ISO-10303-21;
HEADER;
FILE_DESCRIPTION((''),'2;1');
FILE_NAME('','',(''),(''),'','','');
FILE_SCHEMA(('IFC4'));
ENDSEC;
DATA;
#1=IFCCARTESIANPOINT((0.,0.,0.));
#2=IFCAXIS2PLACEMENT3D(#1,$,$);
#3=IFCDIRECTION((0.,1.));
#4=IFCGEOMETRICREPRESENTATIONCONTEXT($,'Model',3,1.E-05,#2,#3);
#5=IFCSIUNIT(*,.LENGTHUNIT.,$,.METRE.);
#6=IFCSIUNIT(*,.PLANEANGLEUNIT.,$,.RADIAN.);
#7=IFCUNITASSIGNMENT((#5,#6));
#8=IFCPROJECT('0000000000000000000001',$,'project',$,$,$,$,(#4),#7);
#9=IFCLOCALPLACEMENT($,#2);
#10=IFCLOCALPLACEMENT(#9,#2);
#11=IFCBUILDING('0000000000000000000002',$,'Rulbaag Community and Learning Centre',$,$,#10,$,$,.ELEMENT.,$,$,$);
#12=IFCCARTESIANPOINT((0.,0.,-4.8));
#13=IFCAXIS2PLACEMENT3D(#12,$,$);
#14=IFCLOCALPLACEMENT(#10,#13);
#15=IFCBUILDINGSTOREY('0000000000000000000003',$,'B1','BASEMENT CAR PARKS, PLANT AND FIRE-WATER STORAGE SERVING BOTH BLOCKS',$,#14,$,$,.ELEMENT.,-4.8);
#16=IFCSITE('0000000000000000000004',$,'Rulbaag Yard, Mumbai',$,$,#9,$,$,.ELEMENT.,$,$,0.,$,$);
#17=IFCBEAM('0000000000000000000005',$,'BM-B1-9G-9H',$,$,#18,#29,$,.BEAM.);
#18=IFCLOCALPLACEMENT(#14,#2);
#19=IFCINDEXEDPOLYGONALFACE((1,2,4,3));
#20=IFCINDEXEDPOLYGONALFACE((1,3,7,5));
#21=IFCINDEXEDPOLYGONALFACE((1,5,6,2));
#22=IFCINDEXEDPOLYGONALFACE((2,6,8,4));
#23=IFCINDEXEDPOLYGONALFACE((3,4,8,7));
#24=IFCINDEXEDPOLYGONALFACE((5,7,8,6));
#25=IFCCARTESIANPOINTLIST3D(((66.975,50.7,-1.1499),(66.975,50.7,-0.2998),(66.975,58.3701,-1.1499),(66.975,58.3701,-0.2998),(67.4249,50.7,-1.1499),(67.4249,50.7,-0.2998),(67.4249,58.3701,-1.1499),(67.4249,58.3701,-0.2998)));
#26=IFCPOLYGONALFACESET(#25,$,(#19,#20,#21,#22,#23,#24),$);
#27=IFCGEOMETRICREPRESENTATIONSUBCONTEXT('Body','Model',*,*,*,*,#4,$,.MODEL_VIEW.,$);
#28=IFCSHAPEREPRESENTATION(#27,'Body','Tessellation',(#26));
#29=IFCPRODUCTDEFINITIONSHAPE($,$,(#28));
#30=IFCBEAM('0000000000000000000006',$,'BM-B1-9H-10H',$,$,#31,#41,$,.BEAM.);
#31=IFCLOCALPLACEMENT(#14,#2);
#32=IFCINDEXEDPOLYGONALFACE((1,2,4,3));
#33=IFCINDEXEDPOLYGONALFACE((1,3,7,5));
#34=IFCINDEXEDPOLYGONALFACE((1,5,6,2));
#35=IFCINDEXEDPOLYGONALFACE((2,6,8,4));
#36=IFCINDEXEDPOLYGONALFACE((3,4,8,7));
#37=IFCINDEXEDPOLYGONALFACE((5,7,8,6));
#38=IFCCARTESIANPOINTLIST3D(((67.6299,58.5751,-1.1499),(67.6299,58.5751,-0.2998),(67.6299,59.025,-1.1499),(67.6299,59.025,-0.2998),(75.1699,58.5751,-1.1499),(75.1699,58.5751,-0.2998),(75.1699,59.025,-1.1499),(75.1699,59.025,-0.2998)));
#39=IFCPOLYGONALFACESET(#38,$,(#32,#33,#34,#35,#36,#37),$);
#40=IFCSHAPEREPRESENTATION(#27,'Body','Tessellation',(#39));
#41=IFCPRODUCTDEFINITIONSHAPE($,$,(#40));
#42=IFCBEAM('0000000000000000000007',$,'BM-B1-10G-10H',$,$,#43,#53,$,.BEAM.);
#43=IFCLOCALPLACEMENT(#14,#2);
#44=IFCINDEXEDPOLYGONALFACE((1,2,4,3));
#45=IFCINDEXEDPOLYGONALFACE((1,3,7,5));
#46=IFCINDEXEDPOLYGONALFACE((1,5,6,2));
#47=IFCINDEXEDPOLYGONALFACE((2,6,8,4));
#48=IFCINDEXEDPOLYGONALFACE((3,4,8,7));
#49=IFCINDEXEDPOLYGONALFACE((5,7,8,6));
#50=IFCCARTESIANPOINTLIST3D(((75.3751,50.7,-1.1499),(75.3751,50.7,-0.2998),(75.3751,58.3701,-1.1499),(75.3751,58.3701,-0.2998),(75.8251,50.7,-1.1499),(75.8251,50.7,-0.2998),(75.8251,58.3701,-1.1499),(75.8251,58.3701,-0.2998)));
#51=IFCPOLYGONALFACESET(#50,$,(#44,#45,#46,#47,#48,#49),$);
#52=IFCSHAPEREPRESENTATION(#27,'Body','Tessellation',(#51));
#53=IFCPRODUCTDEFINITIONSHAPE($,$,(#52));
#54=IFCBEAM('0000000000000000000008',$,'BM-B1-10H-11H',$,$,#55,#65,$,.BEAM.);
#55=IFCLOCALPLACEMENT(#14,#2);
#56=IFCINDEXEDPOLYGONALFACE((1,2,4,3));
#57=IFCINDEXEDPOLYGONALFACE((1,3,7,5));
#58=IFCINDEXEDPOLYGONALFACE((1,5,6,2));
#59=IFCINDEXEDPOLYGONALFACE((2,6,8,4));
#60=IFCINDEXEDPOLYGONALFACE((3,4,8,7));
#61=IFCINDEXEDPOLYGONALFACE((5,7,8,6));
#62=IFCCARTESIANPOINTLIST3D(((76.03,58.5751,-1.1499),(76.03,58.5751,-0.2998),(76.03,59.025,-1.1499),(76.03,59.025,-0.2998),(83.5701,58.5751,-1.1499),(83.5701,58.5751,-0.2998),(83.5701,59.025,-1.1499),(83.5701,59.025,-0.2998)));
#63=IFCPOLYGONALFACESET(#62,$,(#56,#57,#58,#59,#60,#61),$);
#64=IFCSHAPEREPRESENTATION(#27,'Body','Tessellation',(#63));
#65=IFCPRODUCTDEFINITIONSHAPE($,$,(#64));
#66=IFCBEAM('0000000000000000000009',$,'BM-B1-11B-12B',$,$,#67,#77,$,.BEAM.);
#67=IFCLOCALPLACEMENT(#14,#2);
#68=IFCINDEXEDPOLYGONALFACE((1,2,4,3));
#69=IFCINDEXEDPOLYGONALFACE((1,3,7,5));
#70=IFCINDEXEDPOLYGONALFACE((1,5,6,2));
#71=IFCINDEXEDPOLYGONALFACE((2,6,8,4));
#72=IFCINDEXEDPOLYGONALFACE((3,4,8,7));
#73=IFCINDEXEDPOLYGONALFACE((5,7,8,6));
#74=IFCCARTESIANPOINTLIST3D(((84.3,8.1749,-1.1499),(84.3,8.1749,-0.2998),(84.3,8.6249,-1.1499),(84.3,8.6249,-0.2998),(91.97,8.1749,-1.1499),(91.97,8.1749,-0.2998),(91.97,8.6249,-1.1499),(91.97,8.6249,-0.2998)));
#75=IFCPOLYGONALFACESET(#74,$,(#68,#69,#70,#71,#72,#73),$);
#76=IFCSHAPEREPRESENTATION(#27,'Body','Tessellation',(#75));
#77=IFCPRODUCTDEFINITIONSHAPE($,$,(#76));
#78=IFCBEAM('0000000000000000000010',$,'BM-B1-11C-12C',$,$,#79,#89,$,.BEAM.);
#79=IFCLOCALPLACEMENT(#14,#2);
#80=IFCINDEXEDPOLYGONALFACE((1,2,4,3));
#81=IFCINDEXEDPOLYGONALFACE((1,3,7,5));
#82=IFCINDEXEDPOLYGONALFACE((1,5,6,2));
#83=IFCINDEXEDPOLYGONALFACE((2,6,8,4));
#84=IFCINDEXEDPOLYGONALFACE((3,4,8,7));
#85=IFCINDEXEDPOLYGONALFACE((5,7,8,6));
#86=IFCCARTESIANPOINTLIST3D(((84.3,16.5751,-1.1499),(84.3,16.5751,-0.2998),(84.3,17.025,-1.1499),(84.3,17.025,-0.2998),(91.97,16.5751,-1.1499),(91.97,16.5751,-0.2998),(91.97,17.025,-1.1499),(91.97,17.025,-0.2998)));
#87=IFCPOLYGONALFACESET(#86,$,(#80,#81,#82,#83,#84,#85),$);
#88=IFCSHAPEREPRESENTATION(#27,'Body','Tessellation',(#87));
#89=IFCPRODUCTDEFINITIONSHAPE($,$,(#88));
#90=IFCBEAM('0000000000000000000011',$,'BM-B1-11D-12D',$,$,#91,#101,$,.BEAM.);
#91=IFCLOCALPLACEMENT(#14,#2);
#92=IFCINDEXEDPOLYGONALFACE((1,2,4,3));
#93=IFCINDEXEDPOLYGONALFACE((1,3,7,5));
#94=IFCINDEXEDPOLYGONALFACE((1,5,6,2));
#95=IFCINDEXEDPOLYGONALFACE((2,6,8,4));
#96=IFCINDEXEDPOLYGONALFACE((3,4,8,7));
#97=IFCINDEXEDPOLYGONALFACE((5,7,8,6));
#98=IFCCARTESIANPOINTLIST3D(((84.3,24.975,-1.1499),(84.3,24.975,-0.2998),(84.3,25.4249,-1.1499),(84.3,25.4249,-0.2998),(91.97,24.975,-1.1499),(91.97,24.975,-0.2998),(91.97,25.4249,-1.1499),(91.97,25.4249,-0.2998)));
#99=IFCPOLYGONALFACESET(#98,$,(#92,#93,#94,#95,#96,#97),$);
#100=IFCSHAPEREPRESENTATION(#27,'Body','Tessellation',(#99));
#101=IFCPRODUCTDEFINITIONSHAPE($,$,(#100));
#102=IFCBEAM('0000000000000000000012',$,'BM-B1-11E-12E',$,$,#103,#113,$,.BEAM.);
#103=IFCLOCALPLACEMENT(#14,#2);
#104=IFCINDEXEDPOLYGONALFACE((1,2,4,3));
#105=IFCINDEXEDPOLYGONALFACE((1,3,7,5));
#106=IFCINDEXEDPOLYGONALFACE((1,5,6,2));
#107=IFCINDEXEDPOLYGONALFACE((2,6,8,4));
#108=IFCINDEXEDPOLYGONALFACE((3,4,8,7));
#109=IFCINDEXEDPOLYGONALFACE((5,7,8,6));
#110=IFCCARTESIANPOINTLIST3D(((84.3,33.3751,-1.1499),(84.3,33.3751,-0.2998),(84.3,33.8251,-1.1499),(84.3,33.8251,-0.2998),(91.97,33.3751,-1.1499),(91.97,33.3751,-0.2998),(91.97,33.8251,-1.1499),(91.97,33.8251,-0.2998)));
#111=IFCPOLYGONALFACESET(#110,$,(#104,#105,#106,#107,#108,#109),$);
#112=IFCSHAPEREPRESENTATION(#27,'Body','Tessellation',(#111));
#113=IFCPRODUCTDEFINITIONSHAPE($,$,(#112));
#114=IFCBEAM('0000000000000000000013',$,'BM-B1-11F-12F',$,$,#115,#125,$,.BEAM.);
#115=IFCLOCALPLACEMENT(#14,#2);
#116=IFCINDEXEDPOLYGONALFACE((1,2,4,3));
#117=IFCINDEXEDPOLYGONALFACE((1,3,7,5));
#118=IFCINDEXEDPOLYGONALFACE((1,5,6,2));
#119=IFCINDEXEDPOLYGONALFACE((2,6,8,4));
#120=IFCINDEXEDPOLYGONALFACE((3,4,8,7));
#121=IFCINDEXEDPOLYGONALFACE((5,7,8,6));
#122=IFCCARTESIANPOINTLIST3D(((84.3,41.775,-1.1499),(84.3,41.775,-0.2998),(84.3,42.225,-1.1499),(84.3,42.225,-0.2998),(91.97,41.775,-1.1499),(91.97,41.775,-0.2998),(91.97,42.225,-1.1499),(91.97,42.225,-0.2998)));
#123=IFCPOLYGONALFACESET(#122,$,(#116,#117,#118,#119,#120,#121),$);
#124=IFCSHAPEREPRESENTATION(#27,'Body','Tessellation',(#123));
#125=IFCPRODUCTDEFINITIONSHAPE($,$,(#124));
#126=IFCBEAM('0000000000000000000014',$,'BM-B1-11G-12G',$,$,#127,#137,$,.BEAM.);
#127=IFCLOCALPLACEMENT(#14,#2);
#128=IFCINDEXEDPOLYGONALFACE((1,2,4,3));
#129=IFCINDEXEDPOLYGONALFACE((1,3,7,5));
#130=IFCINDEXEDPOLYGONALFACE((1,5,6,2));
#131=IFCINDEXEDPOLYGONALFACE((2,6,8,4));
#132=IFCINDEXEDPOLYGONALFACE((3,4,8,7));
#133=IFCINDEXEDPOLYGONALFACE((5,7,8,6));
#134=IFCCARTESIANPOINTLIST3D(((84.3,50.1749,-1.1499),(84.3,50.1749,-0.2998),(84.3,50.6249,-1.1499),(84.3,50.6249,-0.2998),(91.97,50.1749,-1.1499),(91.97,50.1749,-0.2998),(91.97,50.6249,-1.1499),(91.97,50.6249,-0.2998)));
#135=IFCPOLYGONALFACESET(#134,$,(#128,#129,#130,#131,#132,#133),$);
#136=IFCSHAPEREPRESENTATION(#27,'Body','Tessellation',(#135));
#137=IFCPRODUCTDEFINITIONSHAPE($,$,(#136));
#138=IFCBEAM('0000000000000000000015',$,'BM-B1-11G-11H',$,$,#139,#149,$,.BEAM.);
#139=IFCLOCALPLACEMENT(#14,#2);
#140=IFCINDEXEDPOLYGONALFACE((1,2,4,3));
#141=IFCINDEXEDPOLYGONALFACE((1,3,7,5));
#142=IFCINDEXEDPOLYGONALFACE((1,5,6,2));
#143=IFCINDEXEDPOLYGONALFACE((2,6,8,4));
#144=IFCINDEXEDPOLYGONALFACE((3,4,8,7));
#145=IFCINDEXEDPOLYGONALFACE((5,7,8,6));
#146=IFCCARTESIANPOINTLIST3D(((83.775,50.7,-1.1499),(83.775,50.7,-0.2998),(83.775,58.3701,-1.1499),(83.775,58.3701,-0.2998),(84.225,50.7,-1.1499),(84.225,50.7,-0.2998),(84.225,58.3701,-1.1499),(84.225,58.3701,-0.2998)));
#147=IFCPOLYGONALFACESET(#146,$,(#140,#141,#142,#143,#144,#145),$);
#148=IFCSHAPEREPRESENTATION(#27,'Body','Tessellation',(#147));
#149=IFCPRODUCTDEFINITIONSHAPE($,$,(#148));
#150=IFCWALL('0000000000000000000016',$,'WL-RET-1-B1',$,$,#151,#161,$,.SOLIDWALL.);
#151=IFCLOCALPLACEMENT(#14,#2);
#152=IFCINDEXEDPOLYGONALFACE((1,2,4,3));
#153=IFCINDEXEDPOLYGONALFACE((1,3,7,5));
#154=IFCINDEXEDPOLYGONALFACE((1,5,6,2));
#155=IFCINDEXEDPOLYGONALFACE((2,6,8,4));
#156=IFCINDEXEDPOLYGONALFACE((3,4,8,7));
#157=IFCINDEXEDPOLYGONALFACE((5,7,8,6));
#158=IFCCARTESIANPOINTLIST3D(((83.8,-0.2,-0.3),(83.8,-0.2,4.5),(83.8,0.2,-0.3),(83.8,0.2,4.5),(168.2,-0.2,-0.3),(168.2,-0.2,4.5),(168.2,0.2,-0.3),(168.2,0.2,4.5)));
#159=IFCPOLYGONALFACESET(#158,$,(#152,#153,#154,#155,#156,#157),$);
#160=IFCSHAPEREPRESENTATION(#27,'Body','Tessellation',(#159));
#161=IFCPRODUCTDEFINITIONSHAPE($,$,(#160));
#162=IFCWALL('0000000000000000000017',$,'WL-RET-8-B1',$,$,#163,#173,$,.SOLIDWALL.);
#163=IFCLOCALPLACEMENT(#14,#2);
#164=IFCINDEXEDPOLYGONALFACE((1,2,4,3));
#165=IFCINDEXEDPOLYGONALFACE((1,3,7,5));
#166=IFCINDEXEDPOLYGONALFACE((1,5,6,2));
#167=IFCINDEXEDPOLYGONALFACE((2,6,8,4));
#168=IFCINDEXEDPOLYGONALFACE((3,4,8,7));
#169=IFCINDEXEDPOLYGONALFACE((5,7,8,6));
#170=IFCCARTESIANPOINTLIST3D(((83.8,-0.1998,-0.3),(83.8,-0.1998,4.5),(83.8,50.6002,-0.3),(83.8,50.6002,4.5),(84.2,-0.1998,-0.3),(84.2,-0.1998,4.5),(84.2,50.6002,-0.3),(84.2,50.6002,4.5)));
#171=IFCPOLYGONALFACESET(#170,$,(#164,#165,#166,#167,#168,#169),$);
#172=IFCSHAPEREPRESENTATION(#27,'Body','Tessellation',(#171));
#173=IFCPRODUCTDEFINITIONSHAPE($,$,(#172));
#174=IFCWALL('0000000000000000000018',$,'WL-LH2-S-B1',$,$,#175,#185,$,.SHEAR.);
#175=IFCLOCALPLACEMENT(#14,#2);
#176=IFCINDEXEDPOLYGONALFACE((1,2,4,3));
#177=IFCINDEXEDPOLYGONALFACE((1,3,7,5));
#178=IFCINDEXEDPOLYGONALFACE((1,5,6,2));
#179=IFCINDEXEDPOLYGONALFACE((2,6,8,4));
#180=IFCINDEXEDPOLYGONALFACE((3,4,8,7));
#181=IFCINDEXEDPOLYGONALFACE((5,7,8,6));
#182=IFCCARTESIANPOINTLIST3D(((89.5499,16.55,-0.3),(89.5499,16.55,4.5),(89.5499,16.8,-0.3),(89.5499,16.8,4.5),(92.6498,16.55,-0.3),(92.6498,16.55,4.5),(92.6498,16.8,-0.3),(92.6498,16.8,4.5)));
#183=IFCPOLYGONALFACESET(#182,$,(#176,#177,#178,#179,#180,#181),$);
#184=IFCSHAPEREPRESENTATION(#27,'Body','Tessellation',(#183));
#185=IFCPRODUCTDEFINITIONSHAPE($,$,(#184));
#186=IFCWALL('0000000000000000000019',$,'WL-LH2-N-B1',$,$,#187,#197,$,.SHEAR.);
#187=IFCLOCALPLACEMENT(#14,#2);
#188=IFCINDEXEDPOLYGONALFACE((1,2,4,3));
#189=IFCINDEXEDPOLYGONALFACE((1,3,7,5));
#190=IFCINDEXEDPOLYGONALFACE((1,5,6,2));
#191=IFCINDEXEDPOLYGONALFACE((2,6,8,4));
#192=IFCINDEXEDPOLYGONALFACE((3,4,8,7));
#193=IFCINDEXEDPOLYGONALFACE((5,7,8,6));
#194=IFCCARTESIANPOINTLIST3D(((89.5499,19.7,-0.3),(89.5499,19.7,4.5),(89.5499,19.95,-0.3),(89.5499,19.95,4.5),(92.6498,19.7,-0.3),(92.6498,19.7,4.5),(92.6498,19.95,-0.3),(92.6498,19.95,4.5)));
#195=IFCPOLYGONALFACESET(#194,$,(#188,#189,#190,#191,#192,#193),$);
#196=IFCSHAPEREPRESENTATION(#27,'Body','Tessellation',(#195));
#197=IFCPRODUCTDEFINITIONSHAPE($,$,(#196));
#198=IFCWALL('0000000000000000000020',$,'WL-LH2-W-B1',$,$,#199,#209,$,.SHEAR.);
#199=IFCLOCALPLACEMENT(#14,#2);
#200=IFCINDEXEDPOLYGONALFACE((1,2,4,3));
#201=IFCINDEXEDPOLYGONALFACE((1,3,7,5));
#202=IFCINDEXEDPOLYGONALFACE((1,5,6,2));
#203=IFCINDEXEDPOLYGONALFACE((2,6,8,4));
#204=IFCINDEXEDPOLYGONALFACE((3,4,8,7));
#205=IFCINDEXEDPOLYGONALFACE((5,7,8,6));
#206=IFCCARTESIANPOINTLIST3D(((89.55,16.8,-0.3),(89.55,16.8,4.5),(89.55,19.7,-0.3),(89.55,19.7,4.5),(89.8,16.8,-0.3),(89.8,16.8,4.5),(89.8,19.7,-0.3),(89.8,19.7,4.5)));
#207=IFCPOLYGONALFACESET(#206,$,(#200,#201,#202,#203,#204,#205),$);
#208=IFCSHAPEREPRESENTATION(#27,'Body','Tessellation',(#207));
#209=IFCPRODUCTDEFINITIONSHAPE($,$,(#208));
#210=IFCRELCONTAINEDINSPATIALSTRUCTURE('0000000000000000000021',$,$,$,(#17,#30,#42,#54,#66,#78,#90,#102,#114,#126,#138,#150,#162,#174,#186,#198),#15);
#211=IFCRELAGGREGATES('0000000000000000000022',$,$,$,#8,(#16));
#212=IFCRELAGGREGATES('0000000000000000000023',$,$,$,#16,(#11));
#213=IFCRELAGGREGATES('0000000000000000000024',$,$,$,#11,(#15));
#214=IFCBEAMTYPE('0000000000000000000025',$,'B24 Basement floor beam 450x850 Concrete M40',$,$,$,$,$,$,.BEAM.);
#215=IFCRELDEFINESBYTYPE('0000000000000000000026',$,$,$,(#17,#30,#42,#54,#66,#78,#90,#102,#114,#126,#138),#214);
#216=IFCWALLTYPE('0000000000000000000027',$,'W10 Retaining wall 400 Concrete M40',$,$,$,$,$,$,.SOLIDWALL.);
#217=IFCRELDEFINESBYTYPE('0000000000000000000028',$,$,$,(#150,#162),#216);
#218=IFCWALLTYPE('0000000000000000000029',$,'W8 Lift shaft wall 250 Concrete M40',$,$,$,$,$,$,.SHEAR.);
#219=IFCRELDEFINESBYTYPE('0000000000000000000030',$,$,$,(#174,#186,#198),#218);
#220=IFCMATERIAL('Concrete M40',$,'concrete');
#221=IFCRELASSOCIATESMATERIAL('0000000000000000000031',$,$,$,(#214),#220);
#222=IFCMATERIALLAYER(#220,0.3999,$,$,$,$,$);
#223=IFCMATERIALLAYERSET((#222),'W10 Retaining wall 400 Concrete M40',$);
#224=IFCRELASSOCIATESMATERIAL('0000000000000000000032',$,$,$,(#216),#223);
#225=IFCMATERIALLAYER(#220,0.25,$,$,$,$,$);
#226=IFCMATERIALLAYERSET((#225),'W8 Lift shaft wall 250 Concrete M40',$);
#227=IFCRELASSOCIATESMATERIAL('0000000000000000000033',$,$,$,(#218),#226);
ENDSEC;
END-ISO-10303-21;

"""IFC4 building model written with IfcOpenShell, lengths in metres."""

from ifc_helpers import new_model, si_unit, direction, frame, frame_2d, origin, origin_2d, place, context, subcontext, project, spatial, rectangle, extrude, material, layer, layer_set, material_profile, profile_set, type_object, element, save


model = new_model("IFC4")

# Units and contexts
model_context = context("Model", 3, precision=1e-05, world=origin(), true_north=direction((0.0, 1.0)))
body_context = subcontext(model_context, "Body", "Model", "MODEL_VIEW")
ifc_project = project(units=[si_unit("LENGTHUNIT", "METRE"), si_unit("PLANEANGLEUNIT", "RADIAN")], contexts=[model_context])

# Site, building, storey
site_placement = place(None, origin())
site = spatial("IfcSite", under=ifc_project, at=site_placement, Name="Rulbaag Yard, Mumbai", CompositionType="ELEMENT", RefElevation=0.0)
building_placement = place(site_placement, origin())
building = spatial("IfcBuilding", under=site, at=building_placement, Name="Rulbaag Community and Learning Centre", CompositionType="ELEMENT")
storey_placement = place(building_placement, frame((0.0, 0.0, -4.8)))
storey = spatial("IfcBuildingStorey", under=building, at=storey_placement, Name="B1", Description="BASEMENT CAR PARKS, PLANT AND FIRE-WATER STORAGE SERVING BOTH BLOCKS", CompositionType="ELEMENT", Elevation=-4.8)

# Shared definitions
ifc_material_1 = material(Name="Concrete M40", Category="concrete")

# Beams
ifc_material_profile_1 = material_profile(ifc_material_1, rectangle(XDim=0.45, YDim=0.8501, at=origin_2d()), Name="RB450x850")
ifc_profile_set_1 = profile_set([ifc_material_profile_1], Name="Concrete M40")
beam_type = type_object("IfcBeamType", Name="B24 Basement floor beam 450x850 Concrete M40", PredefinedType="BEAM", material=ifc_profile_set_1)
beam_1_placement = place(storey_placement, frame((67.2, 50.7, -0.7249), z_axis=(0.0, 1.0, 0.0), x_axis=(-1.0, 0.0, 0.0)))
element("IfcBeam", 1, at=beam_1_placement, inside=storey, type_object=beam_type, Name="BM-B1-9G-9H", PredefinedType="BEAM", context=body_context, shape_type="SweptSolid", body=[
    extrude(rectangle(XDim=0.45, YDim=0.8501, at=origin_2d()), origin(), (0.0, 0.0, 1.0), 7.6702),
])
beam_2_placement = place(storey_placement, frame((67.6299, 58.8, -0.7249), z_axis=(1.0, 0.0, 0.0), x_axis=(0.0, 1.0, 0.0)))
element("IfcBeam", 2, at=beam_2_placement, inside=storey, type_object=beam_type, Name="BM-B1-9H-10H", PredefinedType="BEAM", context=body_context, shape_type="SweptSolid", body=[
    extrude(rectangle(XDim=0.45, YDim=0.8501, at=origin_2d()), origin(), (0.0, 0.0, 1.0), 7.54),
])
beam_3_placement = place(storey_placement, frame((75.6001, 50.7, -0.7249), z_axis=(0.0, 1.0, 0.0), x_axis=(-1.0, 0.0, 0.0)))
element("IfcBeam", 3, at=beam_3_placement, inside=storey, type_object=beam_type, Name="BM-B1-10G-10H", PredefinedType="BEAM", context=body_context, shape_type="SweptSolid", body=[
    extrude(rectangle(XDim=0.45, YDim=0.8501, at=origin_2d()), origin(), (0.0, 0.0, 1.0), 7.6702),
])
beam_4_placement = place(storey_placement, frame((76.03, 58.8, -0.7249), z_axis=(1.0, 0.0, 0.0), x_axis=(0.0, 1.0, 0.0)))
element("IfcBeam", 4, at=beam_4_placement, inside=storey, type_object=beam_type, Name="BM-B1-10H-11H", PredefinedType="BEAM", context=body_context, shape_type="SweptSolid", body=[
    extrude(rectangle(XDim=0.45, YDim=0.8501, at=origin_2d()), origin(), (0.0, 0.0, 1.0), 7.54),
])
for number, where, z_axis, x_axis, name in (
    (5, (84.3, 8.3999, -0.7249), (1.0, 0.0, 0.0), (0.0, 1.0, 0.0), "BM-B1-11B-12B"),
    (6, (84.3, 16.8, -0.7249), (1.0, 0.0, 0.0), (0.0, 1.0, 0.0), "BM-B1-11C-12C"),
    (7, (84.3, 25.2, -0.7249), (1.0, 0.0, 0.0), (0.0, 1.0, 0.0), "BM-B1-11D-12D"),
    (8, (84.3, 33.6001, -0.7249), (1.0, 0.0, 0.0), (0.0, 1.0, 0.0), "BM-B1-11E-12E"),
    (9, (84.3, 42.0, -0.7249), (1.0, 0.0, 0.0), (0.0, 1.0, 0.0), "BM-B1-11F-12F"),
    (10, (84.3, 50.3999, -0.7249), (1.0, 0.0, 0.0), (0.0, 1.0, 0.0), "BM-B1-11G-12G"),
):
    element("IfcBeam", number, at=place(storey_placement, frame(where, z_axis=z_axis, x_axis=x_axis)), inside=storey, type_object=beam_type, Name=name, PredefinedType="BEAM", context=body_context, shape_type="SweptSolid", body=[
        extrude(rectangle(XDim=0.45, YDim=0.8501, at=origin_2d()), origin(), (0.0, 0.0, 1.0), 7.6699),
    ])
beam_5_placement = place(storey_placement, frame((84.0, 50.7, -0.7249), z_axis=(0.0, 1.0, 0.0), x_axis=(-1.0, 0.0, 0.0)))
element("IfcBeam", 11, at=beam_5_placement, inside=storey, type_object=beam_type, Name="BM-B1-11G-11H", PredefinedType="BEAM", context=body_context, shape_type="SweptSolid", body=[
    extrude(rectangle(XDim=0.45, YDim=0.8501, at=origin_2d()), origin(), (0.0, 0.0, 1.0), 7.6702),
])

# Walls
ifc_layer_1 = layer(ifc_material_1, 0.3999)
ifc_layer_set_1 = layer_set([ifc_layer_1], Name="W10 Retaining wall 400 Concrete M40")
wall_type_1 = type_object("IfcWallType", Name="W10 Retaining wall 400 Concrete M40", PredefinedType="SOLIDWALL", material=ifc_layer_set_1)
wall_1_placement = place(storey_placement, frame((83.8, 0.0, -0.3), z_axis=(0.0, 0.0, 1.0), x_axis=(1.0, 0.0, 0.0)))
element("IfcWall", 12, at=wall_1_placement, inside=storey, type_object=wall_type_1, Name="WL-RET-1-B1", PredefinedType="SOLIDWALL", context=body_context, shape_type="SweptSolid", body=[
    extrude(rectangle(XDim=84.3999, YDim=0.3999, at=frame_2d((42.2, 0.0))), origin(), (0.0, 0.0, 1.0), 4.8),
])
wall_2_placement = place(storey_placement, frame((84.0, 50.6001, -0.3), z_axis=(0.0, 0.0, 1.0), x_axis=(0.0, -1.0, 0.0)))
element("IfcWall", 13, at=wall_2_placement, inside=storey, type_object=wall_type_1, Name="WL-RET-8-B1", PredefinedType="SOLIDWALL", context=body_context, shape_type="SweptSolid", body=[
    extrude(rectangle(XDim=50.8, YDim=0.3999, at=frame_2d((25.3999, 0.0))), origin(), (0.0, 0.0, 1.0), 4.8),
])
ifc_layer_2 = layer(ifc_material_1, 0.25)
ifc_layer_set_2 = layer_set([ifc_layer_2], Name="W8 Lift shaft wall 250 Concrete M40")
wall_type_2 = type_object("IfcWallType", Name="W8 Lift shaft wall 250 Concrete M40", PredefinedType="SHEAR", material=ifc_layer_set_2)
for number, where, z_axis, x_axis, name in (
    (14, (89.55, 16.675, -0.3), (0.0, 0.0, 1.0), (1.0, 0.0, 0.0), "WL-LH2-S-B1"),
    (15, (89.55, 19.825, -0.3), (0.0, 0.0, 1.0), (1.0, 0.0, 0.0), "WL-LH2-N-B1"),
):
    element("IfcWall", number, at=place(storey_placement, frame(where, z_axis=z_axis, x_axis=x_axis)), inside=storey, type_object=wall_type_2, Name=name, PredefinedType="SHEAR", context=body_context, shape_type="SweptSolid", body=[
        extrude(rectangle(XDim=3.0999, YDim=0.25, at=frame_2d((1.5498, 0.0))), origin(), (0.0, 0.0, 1.0), 4.8),
    ])
wall_3_placement = place(storey_placement, frame((89.675, 16.8, -0.3), z_axis=(0.0, 0.0, 1.0), x_axis=(0.0, 1.0, 0.0)))
element("IfcWall", 16, at=wall_3_placement, inside=storey, type_object=wall_type_2, Name="WL-LH2-W-B1", PredefinedType="SHEAR", context=body_context, shape_type="SweptSolid", body=[
    extrude(rectangle(XDim=2.8999, YDim=0.25, at=frame_2d((1.45, 0.0))), origin(), (0.0, 0.0, 1.0), 4.8),
])

save(model, "model.ifc")
